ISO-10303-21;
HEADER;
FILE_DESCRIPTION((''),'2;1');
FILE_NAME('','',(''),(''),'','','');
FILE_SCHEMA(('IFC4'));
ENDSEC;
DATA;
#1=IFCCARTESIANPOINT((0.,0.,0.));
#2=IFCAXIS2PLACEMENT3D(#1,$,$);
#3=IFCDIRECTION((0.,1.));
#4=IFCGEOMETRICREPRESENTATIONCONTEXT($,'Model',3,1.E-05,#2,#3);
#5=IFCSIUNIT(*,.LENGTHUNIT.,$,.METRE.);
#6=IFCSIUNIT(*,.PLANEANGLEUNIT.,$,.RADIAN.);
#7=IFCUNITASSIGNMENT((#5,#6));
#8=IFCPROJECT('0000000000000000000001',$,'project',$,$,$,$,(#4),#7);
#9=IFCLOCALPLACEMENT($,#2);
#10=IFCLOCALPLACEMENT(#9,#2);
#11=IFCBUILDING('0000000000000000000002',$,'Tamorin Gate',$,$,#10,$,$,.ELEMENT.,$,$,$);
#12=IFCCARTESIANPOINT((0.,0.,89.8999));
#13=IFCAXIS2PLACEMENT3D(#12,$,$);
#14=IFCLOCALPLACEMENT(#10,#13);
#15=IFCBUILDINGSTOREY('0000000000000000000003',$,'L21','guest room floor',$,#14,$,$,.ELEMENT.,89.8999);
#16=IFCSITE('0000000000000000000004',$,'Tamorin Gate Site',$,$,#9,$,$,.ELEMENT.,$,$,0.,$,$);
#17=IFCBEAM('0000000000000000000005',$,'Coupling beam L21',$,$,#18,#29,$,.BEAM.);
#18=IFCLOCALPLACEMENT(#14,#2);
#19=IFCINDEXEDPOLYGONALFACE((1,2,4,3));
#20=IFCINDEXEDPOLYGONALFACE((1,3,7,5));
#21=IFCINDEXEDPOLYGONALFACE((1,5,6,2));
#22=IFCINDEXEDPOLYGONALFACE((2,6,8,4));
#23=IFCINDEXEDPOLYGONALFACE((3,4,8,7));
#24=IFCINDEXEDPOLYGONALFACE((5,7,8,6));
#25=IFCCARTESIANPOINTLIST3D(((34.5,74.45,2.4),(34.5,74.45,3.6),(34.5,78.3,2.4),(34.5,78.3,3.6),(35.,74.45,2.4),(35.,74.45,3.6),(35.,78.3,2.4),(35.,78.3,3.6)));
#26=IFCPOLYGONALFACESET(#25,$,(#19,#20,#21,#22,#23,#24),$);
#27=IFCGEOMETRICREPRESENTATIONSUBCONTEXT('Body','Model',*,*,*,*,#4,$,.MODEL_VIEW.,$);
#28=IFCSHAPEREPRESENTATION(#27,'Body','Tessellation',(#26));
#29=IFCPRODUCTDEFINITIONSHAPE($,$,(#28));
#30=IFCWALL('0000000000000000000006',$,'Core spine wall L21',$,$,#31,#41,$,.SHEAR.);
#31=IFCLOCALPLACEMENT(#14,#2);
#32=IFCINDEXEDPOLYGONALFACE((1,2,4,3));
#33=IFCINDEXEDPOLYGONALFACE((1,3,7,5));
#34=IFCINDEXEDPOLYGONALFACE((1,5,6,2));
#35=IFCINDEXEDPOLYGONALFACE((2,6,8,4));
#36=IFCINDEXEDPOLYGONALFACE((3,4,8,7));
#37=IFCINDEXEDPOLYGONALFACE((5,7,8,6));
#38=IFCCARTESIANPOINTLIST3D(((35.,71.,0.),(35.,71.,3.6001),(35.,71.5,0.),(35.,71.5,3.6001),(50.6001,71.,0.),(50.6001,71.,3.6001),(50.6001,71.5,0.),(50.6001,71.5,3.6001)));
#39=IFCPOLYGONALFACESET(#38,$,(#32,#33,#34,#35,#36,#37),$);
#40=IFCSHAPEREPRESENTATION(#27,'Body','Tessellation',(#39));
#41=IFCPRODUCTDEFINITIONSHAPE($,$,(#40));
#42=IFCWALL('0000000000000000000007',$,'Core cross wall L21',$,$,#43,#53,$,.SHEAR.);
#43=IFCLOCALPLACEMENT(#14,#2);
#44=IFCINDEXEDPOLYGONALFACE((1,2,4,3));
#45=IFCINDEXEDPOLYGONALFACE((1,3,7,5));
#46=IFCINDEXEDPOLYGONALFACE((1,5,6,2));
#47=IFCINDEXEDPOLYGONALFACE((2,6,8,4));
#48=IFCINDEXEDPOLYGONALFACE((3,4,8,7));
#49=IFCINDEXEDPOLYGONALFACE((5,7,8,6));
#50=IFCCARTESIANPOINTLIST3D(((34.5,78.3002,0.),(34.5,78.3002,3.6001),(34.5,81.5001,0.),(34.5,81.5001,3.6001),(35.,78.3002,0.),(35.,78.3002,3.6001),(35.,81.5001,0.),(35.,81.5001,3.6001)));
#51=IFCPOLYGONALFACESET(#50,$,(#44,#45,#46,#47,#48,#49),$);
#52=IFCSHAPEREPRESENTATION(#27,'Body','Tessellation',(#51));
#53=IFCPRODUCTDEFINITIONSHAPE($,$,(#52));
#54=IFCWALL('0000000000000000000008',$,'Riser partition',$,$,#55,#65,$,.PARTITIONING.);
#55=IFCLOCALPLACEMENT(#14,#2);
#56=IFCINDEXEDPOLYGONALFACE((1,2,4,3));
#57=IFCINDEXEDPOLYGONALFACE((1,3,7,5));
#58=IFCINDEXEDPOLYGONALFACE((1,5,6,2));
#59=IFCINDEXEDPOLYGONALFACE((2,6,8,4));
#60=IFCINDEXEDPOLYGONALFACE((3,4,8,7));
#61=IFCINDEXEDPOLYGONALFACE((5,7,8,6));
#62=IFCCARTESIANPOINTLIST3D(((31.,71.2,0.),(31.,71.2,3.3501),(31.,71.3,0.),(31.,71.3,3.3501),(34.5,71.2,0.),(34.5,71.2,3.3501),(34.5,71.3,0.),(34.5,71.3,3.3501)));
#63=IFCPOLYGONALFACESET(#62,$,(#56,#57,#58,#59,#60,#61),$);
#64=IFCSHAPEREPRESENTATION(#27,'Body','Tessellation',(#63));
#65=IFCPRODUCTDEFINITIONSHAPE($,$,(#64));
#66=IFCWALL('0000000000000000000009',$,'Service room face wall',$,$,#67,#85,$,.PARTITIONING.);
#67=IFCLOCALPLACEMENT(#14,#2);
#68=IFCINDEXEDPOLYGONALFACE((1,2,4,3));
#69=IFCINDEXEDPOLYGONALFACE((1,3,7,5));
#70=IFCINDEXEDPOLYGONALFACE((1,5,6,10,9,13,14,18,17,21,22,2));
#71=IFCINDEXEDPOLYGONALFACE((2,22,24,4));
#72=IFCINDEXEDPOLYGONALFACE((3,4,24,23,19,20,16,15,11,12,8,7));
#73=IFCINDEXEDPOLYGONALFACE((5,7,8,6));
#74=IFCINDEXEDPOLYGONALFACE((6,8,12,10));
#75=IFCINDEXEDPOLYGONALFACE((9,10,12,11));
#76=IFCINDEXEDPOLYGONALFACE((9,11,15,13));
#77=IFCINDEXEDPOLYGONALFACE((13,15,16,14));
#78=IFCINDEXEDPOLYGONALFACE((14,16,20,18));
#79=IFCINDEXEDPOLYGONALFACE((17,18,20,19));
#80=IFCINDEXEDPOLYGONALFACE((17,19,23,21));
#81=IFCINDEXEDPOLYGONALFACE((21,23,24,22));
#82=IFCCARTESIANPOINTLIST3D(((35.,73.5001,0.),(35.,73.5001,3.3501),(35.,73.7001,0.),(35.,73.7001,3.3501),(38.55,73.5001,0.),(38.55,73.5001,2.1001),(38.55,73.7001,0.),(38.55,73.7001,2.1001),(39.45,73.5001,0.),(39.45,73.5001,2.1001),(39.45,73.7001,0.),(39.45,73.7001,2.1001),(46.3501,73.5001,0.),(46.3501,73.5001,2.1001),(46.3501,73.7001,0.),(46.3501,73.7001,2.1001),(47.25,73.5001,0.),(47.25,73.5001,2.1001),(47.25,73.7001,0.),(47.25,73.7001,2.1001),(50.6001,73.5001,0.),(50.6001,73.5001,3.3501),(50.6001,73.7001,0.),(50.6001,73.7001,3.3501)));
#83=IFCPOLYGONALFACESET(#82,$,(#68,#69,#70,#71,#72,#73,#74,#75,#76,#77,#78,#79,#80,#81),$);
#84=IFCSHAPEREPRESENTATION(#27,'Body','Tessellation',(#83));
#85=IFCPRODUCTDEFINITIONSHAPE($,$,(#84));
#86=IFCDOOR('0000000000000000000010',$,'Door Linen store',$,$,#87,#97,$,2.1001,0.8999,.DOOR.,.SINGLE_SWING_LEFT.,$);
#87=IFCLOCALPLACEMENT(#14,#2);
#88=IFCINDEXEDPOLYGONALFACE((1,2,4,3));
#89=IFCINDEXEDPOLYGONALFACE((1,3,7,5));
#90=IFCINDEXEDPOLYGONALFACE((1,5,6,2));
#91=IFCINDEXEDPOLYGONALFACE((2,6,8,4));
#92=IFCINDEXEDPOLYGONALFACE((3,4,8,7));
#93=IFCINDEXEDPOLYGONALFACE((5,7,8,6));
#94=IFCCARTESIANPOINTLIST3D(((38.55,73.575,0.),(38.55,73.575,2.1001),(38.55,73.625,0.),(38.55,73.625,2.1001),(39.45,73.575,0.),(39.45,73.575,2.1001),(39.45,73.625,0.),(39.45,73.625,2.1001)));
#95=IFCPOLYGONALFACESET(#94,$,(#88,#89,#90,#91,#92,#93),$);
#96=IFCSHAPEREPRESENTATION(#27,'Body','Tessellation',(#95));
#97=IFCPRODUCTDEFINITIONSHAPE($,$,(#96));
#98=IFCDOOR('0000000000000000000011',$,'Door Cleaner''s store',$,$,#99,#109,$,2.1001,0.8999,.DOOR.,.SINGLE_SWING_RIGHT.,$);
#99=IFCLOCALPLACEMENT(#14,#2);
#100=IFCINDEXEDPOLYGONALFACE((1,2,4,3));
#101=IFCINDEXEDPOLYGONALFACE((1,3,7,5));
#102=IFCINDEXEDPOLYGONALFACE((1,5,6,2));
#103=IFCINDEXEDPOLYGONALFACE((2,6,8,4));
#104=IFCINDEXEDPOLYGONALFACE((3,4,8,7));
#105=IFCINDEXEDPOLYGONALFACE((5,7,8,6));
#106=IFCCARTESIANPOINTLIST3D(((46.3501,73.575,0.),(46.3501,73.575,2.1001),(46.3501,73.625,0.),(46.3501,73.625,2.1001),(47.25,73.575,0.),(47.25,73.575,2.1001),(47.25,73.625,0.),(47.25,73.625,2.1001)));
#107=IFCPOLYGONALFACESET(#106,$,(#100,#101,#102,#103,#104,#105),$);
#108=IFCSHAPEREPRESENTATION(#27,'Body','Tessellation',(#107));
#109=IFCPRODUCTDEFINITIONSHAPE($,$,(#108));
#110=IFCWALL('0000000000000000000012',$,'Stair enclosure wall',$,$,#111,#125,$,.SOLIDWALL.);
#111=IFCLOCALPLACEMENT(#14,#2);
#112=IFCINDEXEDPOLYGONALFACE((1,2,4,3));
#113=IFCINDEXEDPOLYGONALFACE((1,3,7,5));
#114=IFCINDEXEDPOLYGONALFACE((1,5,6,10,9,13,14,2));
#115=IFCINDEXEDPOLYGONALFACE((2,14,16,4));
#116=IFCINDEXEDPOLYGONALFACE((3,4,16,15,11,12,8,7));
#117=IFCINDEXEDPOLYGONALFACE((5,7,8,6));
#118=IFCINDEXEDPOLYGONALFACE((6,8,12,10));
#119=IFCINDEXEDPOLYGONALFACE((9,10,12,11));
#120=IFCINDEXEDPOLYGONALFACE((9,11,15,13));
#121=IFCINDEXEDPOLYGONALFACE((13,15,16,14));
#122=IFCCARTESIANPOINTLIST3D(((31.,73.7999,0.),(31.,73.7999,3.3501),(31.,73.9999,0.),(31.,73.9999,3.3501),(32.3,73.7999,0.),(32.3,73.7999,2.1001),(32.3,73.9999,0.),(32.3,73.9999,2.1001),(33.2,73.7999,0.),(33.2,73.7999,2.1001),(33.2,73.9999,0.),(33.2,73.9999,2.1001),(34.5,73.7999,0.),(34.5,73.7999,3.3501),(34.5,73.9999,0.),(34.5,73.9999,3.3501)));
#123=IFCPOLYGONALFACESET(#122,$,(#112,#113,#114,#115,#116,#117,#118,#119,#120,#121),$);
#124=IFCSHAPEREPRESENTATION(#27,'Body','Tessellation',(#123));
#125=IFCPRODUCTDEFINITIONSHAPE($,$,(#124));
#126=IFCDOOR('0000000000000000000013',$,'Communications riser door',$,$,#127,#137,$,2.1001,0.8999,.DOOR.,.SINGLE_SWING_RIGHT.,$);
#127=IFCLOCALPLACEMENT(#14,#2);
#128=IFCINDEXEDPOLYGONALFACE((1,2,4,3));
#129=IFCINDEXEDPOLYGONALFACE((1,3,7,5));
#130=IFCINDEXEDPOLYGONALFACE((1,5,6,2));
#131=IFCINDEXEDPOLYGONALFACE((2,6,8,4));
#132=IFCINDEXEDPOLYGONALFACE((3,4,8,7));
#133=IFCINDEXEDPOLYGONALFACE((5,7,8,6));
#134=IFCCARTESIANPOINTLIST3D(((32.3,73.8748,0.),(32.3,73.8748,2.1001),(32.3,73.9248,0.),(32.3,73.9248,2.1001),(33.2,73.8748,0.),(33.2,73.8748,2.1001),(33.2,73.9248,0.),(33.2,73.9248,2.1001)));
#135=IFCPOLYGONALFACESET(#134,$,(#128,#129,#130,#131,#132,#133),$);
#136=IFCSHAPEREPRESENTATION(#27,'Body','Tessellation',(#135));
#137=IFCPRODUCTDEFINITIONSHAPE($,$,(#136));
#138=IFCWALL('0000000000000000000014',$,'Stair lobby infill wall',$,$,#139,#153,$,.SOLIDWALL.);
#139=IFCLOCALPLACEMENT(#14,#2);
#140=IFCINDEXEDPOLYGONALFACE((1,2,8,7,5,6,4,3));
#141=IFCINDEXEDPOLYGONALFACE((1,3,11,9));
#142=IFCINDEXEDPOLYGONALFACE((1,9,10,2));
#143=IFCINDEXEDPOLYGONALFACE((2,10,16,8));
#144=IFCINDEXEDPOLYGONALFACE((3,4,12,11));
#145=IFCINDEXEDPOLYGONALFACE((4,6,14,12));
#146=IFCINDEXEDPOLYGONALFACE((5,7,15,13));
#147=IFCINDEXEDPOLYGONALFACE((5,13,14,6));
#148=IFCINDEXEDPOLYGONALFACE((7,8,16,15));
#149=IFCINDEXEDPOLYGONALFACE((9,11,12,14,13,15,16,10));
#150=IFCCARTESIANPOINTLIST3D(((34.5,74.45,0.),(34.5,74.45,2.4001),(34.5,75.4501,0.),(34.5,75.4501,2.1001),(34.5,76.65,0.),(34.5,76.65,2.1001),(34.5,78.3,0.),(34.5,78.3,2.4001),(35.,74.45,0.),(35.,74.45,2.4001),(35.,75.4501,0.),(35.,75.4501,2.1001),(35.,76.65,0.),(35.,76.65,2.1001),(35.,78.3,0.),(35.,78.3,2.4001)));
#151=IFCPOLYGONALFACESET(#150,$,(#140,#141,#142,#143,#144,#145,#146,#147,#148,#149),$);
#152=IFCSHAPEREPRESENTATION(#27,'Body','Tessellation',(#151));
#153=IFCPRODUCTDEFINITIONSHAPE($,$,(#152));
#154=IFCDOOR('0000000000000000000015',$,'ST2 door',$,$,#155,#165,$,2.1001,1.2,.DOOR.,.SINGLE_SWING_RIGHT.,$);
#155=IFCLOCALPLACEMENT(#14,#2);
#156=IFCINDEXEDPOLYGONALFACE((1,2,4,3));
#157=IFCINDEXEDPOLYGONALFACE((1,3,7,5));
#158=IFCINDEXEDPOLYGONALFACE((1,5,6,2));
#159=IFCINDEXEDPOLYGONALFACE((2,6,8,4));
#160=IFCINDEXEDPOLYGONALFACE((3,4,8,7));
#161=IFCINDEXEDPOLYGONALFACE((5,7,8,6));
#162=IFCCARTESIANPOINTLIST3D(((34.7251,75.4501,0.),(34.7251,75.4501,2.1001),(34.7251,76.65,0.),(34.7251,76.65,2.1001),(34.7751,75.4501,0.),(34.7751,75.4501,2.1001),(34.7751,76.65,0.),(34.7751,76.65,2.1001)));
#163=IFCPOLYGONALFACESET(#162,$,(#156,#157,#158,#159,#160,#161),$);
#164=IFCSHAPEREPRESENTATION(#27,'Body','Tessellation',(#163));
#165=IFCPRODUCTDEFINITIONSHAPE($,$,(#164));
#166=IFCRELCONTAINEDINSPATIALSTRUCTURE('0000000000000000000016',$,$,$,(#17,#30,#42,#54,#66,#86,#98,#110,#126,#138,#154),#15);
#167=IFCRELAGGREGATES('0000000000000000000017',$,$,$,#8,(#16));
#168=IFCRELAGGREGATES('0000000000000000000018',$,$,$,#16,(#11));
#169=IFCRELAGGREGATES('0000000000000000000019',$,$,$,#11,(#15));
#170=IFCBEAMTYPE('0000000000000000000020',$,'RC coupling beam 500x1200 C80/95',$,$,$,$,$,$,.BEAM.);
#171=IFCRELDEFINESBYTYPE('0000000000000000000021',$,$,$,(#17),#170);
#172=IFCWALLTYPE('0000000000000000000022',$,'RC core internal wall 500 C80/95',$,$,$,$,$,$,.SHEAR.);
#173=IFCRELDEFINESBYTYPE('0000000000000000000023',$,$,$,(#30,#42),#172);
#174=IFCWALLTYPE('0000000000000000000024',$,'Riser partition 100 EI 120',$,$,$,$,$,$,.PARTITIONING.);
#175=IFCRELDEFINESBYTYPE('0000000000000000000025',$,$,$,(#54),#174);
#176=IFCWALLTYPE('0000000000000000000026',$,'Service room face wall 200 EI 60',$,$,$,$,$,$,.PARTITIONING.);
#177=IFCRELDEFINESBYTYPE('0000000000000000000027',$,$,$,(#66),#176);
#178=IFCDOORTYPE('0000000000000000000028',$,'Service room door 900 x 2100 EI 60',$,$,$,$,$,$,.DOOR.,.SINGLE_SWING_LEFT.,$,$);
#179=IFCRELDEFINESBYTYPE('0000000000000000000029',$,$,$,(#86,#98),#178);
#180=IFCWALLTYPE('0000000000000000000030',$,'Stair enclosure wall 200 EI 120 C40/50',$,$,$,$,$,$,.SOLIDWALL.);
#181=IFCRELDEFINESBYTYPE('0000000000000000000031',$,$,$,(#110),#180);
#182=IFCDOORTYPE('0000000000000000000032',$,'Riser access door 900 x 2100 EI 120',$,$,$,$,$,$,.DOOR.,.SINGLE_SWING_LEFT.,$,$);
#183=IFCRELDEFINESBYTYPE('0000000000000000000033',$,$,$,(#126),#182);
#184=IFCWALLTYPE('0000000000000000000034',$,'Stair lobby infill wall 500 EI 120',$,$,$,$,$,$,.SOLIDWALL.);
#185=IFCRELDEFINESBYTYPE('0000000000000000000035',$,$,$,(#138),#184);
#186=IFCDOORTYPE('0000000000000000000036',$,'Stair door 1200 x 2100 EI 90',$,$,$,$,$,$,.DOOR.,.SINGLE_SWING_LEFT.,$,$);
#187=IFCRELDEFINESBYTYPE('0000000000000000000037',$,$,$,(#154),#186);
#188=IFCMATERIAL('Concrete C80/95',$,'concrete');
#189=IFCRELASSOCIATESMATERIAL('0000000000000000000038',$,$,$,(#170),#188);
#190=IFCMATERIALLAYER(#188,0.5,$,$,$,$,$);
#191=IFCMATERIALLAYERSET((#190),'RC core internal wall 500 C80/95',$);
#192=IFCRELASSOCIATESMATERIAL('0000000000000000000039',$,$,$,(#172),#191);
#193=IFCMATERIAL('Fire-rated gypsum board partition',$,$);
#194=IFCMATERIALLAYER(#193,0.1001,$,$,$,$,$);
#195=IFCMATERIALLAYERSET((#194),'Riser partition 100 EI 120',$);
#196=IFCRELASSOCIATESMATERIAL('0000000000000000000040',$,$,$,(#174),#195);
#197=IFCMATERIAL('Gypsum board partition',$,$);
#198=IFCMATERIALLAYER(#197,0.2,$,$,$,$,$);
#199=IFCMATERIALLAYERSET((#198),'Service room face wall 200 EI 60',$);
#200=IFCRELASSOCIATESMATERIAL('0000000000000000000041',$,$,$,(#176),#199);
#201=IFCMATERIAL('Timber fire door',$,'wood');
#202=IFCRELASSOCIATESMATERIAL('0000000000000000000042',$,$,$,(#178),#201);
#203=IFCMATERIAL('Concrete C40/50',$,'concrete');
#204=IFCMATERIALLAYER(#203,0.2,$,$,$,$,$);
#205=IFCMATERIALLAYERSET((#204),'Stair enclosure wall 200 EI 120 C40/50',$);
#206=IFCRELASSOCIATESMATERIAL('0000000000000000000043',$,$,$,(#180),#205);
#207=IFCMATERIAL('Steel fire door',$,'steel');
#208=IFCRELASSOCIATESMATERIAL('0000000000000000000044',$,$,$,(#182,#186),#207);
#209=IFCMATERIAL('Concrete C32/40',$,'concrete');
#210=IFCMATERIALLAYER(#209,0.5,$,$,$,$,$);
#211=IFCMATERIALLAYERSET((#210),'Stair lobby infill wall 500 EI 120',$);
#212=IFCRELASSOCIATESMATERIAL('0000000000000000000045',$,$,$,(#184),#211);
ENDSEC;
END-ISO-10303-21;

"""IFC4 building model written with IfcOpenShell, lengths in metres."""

from ifc_helpers import new_model, si_unit, direction, frame, frame_2d, origin, origin_2d, place, context, subcontext, project, spatial, rectangle, extrude, material, layer, layer_set, material_profile, profile_set, type_object, element, fill, save


model = new_model("IFC4")

# Units and contexts
model_context = context("Model", 3, precision=1e-05, world=origin(), true_north=direction((0.0, 1.0)))
body_context = subcontext(model_context, "Body", "Model", "MODEL_VIEW")
ifc_project = project(units=[si_unit("LENGTHUNIT", "METRE"), si_unit("PLANEANGLEUNIT", "RADIAN")], contexts=[model_context])

# Site, building, storey
site_placement = place(None, origin())
site = spatial("IfcSite", under=ifc_project, at=site_placement, Name="Tamorin Gate Site", CompositionType="ELEMENT", RefElevation=0.0)
building_placement = place(site_placement, origin())
building = spatial("IfcBuilding", under=site, at=building_placement, Name="Tamorin Gate", CompositionType="ELEMENT")
storey_placement = place(building_placement, frame((0.0, 0.0, 89.8999)))
storey = spatial("IfcBuildingStorey", under=building, at=storey_placement, Name="L21", Description="guest room floor", CompositionType="ELEMENT", Elevation=89.8999)

# Beam
ifc_material_1 = material(Name="Concrete C80/95", Category="concrete")
ifc_material_profile = material_profile(ifc_material_1, rectangle(XDim=0.5, YDim=1.2, at=origin_2d()), Name="RC 500x1200")
ifc_profile_set = profile_set([ifc_material_profile], Name="Concrete C80/95")
beam_type = type_object("IfcBeamType", Name="RC coupling beam 500x1200 C80/95", PredefinedType="BEAM", material=ifc_profile_set)
beam_placement = place(storey_placement, frame((34.75, 74.45, 3.0), z_axis=(0.0, 1.0, 0.0), x_axis=(-1.0, 0.0, 0.0)))
element("IfcBeam", 1, at=beam_placement, inside=storey, type_object=beam_type, Name="Coupling beam L21", PredefinedType="BEAM", context=body_context, shape_type="SweptSolid", body=[
    extrude(rectangle(XDim=0.5, YDim=1.2, at=origin_2d()), origin(), (0.0, 0.0, 1.0), 3.8501),
])

# Walls
ifc_layer_1 = layer(ifc_material_1, 0.5)
ifc_layer_set_1 = layer_set([ifc_layer_1], Name="RC core internal wall 500 C80/95")
wall_type_1 = type_object("IfcWallType", Name="RC core internal wall 500 C80/95", PredefinedType="SHEAR", material=ifc_layer_set_1)
wall_1_placement = place(storey_placement, frame((35.0, 71.25, 0.0), z_axis=(0.0, 0.0, 1.0), x_axis=(1.0, 0.0, 0.0)))
element("IfcWall", 2, at=wall_1_placement, inside=storey, type_object=wall_type_1, Name="Core spine wall L21", PredefinedType="SHEAR", context=body_context, shape_type="SweptSolid", body=[
    extrude(rectangle(XDim=15.6001, YDim=0.5, at=frame_2d((7.8, 0.0))), origin(), (0.0, 0.0, 1.0), 3.6001),
])
wall_2_placement = place(storey_placement, frame((34.75, 78.3, 0.0), z_axis=(0.0, 0.0, 1.0), x_axis=(0.0, 1.0, 0.0)))
element("IfcWall", 3, at=wall_2_placement, inside=storey, type_object=wall_type_1, Name="Core cross wall L21", PredefinedType="SHEAR", context=body_context, shape_type="SweptSolid", body=[
    extrude(rectangle(XDim=3.2, YDim=0.5, at=frame_2d((1.6001, 0.0))), origin(), (0.0, 0.0, 1.0), 3.6001),
])
ifc_material_2 = material(Name="Fire-rated gypsum board partition")
ifc_layer_2 = layer(ifc_material_2, 0.1001)
ifc_layer_set_2 = layer_set([ifc_layer_2], Name="Riser partition 100 EI 120")
wall_type_2 = type_object("IfcWallType", Name="Riser partition 100 EI 120", PredefinedType="PARTITIONING", material=ifc_layer_set_2)
wall_3_placement = place(storey_placement, frame((31.0, 71.25, 0.0), z_axis=(0.0, 0.0, 1.0), x_axis=(1.0, 0.0, 0.0)))
element("IfcWall", 4, at=wall_3_placement, inside=storey, type_object=wall_type_2, Name="Riser partition", PredefinedType="PARTITIONING", context=body_context, shape_type="SweptSolid", body=[
    extrude(rectangle(XDim=3.5, YDim=0.1001, at=frame_2d((1.75, 0.0))), origin(), (0.0, 0.0, 1.0), 3.3501),
])

# Wall, openings, doors
ifc_material_3 = material(Name="Gypsum board partition")
ifc_layer_3 = layer(ifc_material_3, 0.2)
ifc_layer_set_3 = layer_set([ifc_layer_3], Name="Service room face wall 200 EI 60")
wall_type_3 = type_object("IfcWallType", Name="Service room face wall 200 EI 60", PredefinedType="PARTITIONING", material=ifc_layer_set_3)
wall_4_placement = place(storey_placement, frame((35.0, 73.6001, 0.0), z_axis=(0.0, 0.0, 1.0), x_axis=(1.0, 0.0, 0.0)))
wall_4 = element("IfcWall", 5, at=wall_4_placement, inside=storey, type_object=wall_type_3, Name="Service room face wall", PredefinedType="PARTITIONING", context=body_context, shape_type="SweptSolid", body=[
    extrude(rectangle(XDim=15.6001, YDim=0.2, at=frame_2d((7.8, 0.0))), origin(), (0.0, 0.0, 1.0), 3.3501),
])
opening_1_placement = place(wall_4_placement, frame((3.55, 0.0, 0.0)))
opening_1 = element("IfcOpeningElement", 6, at=opening_1_placement, cuts=wall_4, PredefinedType="OPENING", context=body_context, shape_type="SweptSolid", body=[
    extrude(rectangle(XDim=0.8999, YDim=2.1001, at=frame_2d((0.45, 1.05))), frame((0.0, 0.1099, 0.0), z_axis=(0.0, -1.0, 0.0), x_axis=(1.0, 0.0, 0.0)), (0.0, 0.0, 1.0), 0.22),
])
opening_2_placement = place(wall_4_placement, frame((11.3501, 0.0, 0.0)))
opening_2 = element("IfcOpeningElement", 7, at=opening_2_placement, cuts=wall_4, PredefinedType="OPENING", context=body_context, shape_type="SweptSolid", body=[
    extrude(rectangle(XDim=0.8999, YDim=2.1001, at=frame_2d((0.45, 1.05))), frame((0.0, 0.1099, 0.0), z_axis=(0.0, -1.0, 0.0), x_axis=(1.0, 0.0, 0.0)), (0.0, 0.0, 1.0), 0.22),
])
ifc_material_4 = material(Name="Timber fire door", Category="wood")
door_type_1 = type_object("IfcDoorType", Name="Service room door 900 x 2100 EI 60", OperationType="SINGLE_SWING_LEFT", PredefinedType="DOOR", material=ifc_material_4)
door_1_placement = place(opening_1_placement, origin())
door_1 = element("IfcDoor", 8, at=door_1_placement, inside=storey, type_object=door_type_1, Name="Door Linen store", OperationType="SINGLE_SWING_LEFT", OverallHeight=2.1001, OverallWidth=0.8999, PredefinedType="DOOR", context=body_context, shape_type="SweptSolid", body=[
    extrude(rectangle(XDim=0.8999, YDim=2.1001, at=frame_2d((0.45, 1.05))), frame((0.0, 0.0249, 0.0), z_axis=(0.0, -1.0, 0.0), x_axis=(1.0, 0.0, 0.0)), (0.0, 0.0, 1.0), 0.05),
])
fill(opening_1, door_1)
door_2_placement = place(opening_2_placement, origin())
door_2 = element("IfcDoor", 9, at=door_2_placement, inside=storey, type_object=door_type_1, Name="Door Cleaner's store", OperationType="SINGLE_SWING_RIGHT", OverallHeight=2.1001, OverallWidth=0.8999, PredefinedType="DOOR", context=body_context, shape_type="SweptSolid", body=[
    extrude(rectangle(XDim=0.8999, YDim=2.1001, at=frame_2d((0.45, 1.05))), frame((0.0, 0.0249, 0.0), z_axis=(0.0, -1.0, 0.0), x_axis=(1.0, 0.0, 0.0)), (0.0, 0.0, 1.0), 0.05),
])
fill(opening_2, door_2)

# Walls, openings, doors
ifc_material_5 = material(Name="Concrete C40/50", Category="concrete")
ifc_layer_4 = layer(ifc_material_5, 0.2)
ifc_layer_set_4 = layer_set([ifc_layer_4], Name="Stair enclosure wall 200 EI 120 C40/50")
wall_type_4 = type_object("IfcWallType", Name="Stair enclosure wall 200 EI 120 C40/50", PredefinedType="SOLIDWALL", material=ifc_layer_set_4)
wall_5_placement = place(storey_placement, frame((31.0, 73.8999, 0.0), z_axis=(0.0, 0.0, 1.0), x_axis=(1.0, 0.0, 0.0)))
wall_5 = element("IfcWall", 10, at=wall_5_placement, inside=storey, type_object=wall_type_4, Name="Stair enclosure wall", PredefinedType="SOLIDWALL", context=body_context, shape_type="SweptSolid", body=[
    extrude(rectangle(XDim=3.5, YDim=0.2, at=frame_2d((1.75, 0.0))), origin(), (0.0, 0.0, 1.0), 3.3501),
])
opening_3_placement = place(wall_5_placement, frame((1.3, 0.0, 0.0)))
opening_3 = element("IfcOpeningElement", 11, at=opening_3_placement, cuts=wall_5, PredefinedType="OPENING", context=body_context, shape_type="SweptSolid", body=[
    extrude(rectangle(XDim=0.8999, YDim=2.1001, at=frame_2d((0.45, 1.05))), frame((0.0, 0.1099, 0.0), z_axis=(0.0, -1.0, 0.0), x_axis=(1.0, 0.0, 0.0)), (0.0, 0.0, 1.0), 0.22),
])
ifc_material_6 = material(Name="Steel fire door", Category="steel")
door_type_2 = type_object("IfcDoorType", Name="Riser access door 900 x 2100 EI 120", OperationType="SINGLE_SWING_LEFT", PredefinedType="DOOR", material=ifc_material_6)
door_3_placement = place(opening_3_placement, origin())
door_3 = element("IfcDoor", 12, at=door_3_placement, inside=storey, type_object=door_type_2, Name="Communications riser door", OperationType="SINGLE_SWING_RIGHT", OverallHeight=2.1001, OverallWidth=0.8999, PredefinedType="DOOR", context=body_context, shape_type="SweptSolid", body=[
    extrude(rectangle(XDim=0.8999, YDim=2.1001, at=frame_2d((0.45, 1.05))), frame((0.0, 0.0249, 0.0), z_axis=(0.0, -1.0, 0.0), x_axis=(1.0, 0.0, 0.0)), (0.0, 0.0, 1.0), 0.05),
])
fill(opening_3, door_3)
ifc_material_7 = material(Name="Concrete C32/40", Category="concrete")
ifc_layer_5 = layer(ifc_material_7, 0.5)
ifc_layer_set_5 = layer_set([ifc_layer_5], Name="Stair lobby infill wall 500 EI 120")
wall_type_5 = type_object("IfcWallType", Name="Stair lobby infill wall 500 EI 120", PredefinedType="SOLIDWALL", material=ifc_layer_set_5)
wall_6_placement = place(storey_placement, frame((34.75, 74.45, 0.0), z_axis=(0.0, 0.0, 1.0), x_axis=(0.0, 1.0, 0.0)))
wall_6 = element("IfcWall", 13, at=wall_6_placement, inside=storey, type_object=wall_type_5, Name="Stair lobby infill wall", PredefinedType="SOLIDWALL", context=body_context, shape_type="SweptSolid", body=[
    extrude(rectangle(XDim=3.8501, YDim=0.5, at=frame_2d((1.925, 0.0))), origin(), (0.0, 0.0, 1.0), 2.4001),
])
opening_4_placement = place(wall_6_placement, frame((1.0, 0.0, 0.0)))
opening_4 = element("IfcOpeningElement", 14, at=opening_4_placement, cuts=wall_6, PredefinedType="OPENING", context=body_context, shape_type="SweptSolid", body=[
    extrude(rectangle(XDim=1.2, YDim=2.1001, at=frame_2d((0.6001, 1.05))), frame((0.0, 0.26, 0.0), z_axis=(0.0, -1.0, 0.0), x_axis=(1.0, 0.0, 0.0)), (0.0, 0.0, 1.0), 0.52),
])
door_type_3 = type_object("IfcDoorType", Name="Stair door 1200 x 2100 EI 90", OperationType="SINGLE_SWING_LEFT", PredefinedType="DOOR", material=ifc_material_6)
door_4_placement = place(opening_4_placement, origin())
door_4 = element("IfcDoor", 15, at=door_4_placement, inside=storey, type_object=door_type_3, Name="ST2 door", OperationType="SINGLE_SWING_RIGHT", OverallHeight=2.1001, OverallWidth=1.2, PredefinedType="DOOR", context=body_context, shape_type="SweptSolid", body=[
    extrude(rectangle(XDim=1.2, YDim=2.1001, at=frame_2d((0.6001, 1.05))), frame((0.0, 0.0249, 0.0), z_axis=(0.0, -1.0, 0.0), x_axis=(1.0, 0.0, 0.0)), (0.0, 0.0, 1.0), 0.05),
])
fill(opening_4, door_4)

save(model, "model.ifc")
